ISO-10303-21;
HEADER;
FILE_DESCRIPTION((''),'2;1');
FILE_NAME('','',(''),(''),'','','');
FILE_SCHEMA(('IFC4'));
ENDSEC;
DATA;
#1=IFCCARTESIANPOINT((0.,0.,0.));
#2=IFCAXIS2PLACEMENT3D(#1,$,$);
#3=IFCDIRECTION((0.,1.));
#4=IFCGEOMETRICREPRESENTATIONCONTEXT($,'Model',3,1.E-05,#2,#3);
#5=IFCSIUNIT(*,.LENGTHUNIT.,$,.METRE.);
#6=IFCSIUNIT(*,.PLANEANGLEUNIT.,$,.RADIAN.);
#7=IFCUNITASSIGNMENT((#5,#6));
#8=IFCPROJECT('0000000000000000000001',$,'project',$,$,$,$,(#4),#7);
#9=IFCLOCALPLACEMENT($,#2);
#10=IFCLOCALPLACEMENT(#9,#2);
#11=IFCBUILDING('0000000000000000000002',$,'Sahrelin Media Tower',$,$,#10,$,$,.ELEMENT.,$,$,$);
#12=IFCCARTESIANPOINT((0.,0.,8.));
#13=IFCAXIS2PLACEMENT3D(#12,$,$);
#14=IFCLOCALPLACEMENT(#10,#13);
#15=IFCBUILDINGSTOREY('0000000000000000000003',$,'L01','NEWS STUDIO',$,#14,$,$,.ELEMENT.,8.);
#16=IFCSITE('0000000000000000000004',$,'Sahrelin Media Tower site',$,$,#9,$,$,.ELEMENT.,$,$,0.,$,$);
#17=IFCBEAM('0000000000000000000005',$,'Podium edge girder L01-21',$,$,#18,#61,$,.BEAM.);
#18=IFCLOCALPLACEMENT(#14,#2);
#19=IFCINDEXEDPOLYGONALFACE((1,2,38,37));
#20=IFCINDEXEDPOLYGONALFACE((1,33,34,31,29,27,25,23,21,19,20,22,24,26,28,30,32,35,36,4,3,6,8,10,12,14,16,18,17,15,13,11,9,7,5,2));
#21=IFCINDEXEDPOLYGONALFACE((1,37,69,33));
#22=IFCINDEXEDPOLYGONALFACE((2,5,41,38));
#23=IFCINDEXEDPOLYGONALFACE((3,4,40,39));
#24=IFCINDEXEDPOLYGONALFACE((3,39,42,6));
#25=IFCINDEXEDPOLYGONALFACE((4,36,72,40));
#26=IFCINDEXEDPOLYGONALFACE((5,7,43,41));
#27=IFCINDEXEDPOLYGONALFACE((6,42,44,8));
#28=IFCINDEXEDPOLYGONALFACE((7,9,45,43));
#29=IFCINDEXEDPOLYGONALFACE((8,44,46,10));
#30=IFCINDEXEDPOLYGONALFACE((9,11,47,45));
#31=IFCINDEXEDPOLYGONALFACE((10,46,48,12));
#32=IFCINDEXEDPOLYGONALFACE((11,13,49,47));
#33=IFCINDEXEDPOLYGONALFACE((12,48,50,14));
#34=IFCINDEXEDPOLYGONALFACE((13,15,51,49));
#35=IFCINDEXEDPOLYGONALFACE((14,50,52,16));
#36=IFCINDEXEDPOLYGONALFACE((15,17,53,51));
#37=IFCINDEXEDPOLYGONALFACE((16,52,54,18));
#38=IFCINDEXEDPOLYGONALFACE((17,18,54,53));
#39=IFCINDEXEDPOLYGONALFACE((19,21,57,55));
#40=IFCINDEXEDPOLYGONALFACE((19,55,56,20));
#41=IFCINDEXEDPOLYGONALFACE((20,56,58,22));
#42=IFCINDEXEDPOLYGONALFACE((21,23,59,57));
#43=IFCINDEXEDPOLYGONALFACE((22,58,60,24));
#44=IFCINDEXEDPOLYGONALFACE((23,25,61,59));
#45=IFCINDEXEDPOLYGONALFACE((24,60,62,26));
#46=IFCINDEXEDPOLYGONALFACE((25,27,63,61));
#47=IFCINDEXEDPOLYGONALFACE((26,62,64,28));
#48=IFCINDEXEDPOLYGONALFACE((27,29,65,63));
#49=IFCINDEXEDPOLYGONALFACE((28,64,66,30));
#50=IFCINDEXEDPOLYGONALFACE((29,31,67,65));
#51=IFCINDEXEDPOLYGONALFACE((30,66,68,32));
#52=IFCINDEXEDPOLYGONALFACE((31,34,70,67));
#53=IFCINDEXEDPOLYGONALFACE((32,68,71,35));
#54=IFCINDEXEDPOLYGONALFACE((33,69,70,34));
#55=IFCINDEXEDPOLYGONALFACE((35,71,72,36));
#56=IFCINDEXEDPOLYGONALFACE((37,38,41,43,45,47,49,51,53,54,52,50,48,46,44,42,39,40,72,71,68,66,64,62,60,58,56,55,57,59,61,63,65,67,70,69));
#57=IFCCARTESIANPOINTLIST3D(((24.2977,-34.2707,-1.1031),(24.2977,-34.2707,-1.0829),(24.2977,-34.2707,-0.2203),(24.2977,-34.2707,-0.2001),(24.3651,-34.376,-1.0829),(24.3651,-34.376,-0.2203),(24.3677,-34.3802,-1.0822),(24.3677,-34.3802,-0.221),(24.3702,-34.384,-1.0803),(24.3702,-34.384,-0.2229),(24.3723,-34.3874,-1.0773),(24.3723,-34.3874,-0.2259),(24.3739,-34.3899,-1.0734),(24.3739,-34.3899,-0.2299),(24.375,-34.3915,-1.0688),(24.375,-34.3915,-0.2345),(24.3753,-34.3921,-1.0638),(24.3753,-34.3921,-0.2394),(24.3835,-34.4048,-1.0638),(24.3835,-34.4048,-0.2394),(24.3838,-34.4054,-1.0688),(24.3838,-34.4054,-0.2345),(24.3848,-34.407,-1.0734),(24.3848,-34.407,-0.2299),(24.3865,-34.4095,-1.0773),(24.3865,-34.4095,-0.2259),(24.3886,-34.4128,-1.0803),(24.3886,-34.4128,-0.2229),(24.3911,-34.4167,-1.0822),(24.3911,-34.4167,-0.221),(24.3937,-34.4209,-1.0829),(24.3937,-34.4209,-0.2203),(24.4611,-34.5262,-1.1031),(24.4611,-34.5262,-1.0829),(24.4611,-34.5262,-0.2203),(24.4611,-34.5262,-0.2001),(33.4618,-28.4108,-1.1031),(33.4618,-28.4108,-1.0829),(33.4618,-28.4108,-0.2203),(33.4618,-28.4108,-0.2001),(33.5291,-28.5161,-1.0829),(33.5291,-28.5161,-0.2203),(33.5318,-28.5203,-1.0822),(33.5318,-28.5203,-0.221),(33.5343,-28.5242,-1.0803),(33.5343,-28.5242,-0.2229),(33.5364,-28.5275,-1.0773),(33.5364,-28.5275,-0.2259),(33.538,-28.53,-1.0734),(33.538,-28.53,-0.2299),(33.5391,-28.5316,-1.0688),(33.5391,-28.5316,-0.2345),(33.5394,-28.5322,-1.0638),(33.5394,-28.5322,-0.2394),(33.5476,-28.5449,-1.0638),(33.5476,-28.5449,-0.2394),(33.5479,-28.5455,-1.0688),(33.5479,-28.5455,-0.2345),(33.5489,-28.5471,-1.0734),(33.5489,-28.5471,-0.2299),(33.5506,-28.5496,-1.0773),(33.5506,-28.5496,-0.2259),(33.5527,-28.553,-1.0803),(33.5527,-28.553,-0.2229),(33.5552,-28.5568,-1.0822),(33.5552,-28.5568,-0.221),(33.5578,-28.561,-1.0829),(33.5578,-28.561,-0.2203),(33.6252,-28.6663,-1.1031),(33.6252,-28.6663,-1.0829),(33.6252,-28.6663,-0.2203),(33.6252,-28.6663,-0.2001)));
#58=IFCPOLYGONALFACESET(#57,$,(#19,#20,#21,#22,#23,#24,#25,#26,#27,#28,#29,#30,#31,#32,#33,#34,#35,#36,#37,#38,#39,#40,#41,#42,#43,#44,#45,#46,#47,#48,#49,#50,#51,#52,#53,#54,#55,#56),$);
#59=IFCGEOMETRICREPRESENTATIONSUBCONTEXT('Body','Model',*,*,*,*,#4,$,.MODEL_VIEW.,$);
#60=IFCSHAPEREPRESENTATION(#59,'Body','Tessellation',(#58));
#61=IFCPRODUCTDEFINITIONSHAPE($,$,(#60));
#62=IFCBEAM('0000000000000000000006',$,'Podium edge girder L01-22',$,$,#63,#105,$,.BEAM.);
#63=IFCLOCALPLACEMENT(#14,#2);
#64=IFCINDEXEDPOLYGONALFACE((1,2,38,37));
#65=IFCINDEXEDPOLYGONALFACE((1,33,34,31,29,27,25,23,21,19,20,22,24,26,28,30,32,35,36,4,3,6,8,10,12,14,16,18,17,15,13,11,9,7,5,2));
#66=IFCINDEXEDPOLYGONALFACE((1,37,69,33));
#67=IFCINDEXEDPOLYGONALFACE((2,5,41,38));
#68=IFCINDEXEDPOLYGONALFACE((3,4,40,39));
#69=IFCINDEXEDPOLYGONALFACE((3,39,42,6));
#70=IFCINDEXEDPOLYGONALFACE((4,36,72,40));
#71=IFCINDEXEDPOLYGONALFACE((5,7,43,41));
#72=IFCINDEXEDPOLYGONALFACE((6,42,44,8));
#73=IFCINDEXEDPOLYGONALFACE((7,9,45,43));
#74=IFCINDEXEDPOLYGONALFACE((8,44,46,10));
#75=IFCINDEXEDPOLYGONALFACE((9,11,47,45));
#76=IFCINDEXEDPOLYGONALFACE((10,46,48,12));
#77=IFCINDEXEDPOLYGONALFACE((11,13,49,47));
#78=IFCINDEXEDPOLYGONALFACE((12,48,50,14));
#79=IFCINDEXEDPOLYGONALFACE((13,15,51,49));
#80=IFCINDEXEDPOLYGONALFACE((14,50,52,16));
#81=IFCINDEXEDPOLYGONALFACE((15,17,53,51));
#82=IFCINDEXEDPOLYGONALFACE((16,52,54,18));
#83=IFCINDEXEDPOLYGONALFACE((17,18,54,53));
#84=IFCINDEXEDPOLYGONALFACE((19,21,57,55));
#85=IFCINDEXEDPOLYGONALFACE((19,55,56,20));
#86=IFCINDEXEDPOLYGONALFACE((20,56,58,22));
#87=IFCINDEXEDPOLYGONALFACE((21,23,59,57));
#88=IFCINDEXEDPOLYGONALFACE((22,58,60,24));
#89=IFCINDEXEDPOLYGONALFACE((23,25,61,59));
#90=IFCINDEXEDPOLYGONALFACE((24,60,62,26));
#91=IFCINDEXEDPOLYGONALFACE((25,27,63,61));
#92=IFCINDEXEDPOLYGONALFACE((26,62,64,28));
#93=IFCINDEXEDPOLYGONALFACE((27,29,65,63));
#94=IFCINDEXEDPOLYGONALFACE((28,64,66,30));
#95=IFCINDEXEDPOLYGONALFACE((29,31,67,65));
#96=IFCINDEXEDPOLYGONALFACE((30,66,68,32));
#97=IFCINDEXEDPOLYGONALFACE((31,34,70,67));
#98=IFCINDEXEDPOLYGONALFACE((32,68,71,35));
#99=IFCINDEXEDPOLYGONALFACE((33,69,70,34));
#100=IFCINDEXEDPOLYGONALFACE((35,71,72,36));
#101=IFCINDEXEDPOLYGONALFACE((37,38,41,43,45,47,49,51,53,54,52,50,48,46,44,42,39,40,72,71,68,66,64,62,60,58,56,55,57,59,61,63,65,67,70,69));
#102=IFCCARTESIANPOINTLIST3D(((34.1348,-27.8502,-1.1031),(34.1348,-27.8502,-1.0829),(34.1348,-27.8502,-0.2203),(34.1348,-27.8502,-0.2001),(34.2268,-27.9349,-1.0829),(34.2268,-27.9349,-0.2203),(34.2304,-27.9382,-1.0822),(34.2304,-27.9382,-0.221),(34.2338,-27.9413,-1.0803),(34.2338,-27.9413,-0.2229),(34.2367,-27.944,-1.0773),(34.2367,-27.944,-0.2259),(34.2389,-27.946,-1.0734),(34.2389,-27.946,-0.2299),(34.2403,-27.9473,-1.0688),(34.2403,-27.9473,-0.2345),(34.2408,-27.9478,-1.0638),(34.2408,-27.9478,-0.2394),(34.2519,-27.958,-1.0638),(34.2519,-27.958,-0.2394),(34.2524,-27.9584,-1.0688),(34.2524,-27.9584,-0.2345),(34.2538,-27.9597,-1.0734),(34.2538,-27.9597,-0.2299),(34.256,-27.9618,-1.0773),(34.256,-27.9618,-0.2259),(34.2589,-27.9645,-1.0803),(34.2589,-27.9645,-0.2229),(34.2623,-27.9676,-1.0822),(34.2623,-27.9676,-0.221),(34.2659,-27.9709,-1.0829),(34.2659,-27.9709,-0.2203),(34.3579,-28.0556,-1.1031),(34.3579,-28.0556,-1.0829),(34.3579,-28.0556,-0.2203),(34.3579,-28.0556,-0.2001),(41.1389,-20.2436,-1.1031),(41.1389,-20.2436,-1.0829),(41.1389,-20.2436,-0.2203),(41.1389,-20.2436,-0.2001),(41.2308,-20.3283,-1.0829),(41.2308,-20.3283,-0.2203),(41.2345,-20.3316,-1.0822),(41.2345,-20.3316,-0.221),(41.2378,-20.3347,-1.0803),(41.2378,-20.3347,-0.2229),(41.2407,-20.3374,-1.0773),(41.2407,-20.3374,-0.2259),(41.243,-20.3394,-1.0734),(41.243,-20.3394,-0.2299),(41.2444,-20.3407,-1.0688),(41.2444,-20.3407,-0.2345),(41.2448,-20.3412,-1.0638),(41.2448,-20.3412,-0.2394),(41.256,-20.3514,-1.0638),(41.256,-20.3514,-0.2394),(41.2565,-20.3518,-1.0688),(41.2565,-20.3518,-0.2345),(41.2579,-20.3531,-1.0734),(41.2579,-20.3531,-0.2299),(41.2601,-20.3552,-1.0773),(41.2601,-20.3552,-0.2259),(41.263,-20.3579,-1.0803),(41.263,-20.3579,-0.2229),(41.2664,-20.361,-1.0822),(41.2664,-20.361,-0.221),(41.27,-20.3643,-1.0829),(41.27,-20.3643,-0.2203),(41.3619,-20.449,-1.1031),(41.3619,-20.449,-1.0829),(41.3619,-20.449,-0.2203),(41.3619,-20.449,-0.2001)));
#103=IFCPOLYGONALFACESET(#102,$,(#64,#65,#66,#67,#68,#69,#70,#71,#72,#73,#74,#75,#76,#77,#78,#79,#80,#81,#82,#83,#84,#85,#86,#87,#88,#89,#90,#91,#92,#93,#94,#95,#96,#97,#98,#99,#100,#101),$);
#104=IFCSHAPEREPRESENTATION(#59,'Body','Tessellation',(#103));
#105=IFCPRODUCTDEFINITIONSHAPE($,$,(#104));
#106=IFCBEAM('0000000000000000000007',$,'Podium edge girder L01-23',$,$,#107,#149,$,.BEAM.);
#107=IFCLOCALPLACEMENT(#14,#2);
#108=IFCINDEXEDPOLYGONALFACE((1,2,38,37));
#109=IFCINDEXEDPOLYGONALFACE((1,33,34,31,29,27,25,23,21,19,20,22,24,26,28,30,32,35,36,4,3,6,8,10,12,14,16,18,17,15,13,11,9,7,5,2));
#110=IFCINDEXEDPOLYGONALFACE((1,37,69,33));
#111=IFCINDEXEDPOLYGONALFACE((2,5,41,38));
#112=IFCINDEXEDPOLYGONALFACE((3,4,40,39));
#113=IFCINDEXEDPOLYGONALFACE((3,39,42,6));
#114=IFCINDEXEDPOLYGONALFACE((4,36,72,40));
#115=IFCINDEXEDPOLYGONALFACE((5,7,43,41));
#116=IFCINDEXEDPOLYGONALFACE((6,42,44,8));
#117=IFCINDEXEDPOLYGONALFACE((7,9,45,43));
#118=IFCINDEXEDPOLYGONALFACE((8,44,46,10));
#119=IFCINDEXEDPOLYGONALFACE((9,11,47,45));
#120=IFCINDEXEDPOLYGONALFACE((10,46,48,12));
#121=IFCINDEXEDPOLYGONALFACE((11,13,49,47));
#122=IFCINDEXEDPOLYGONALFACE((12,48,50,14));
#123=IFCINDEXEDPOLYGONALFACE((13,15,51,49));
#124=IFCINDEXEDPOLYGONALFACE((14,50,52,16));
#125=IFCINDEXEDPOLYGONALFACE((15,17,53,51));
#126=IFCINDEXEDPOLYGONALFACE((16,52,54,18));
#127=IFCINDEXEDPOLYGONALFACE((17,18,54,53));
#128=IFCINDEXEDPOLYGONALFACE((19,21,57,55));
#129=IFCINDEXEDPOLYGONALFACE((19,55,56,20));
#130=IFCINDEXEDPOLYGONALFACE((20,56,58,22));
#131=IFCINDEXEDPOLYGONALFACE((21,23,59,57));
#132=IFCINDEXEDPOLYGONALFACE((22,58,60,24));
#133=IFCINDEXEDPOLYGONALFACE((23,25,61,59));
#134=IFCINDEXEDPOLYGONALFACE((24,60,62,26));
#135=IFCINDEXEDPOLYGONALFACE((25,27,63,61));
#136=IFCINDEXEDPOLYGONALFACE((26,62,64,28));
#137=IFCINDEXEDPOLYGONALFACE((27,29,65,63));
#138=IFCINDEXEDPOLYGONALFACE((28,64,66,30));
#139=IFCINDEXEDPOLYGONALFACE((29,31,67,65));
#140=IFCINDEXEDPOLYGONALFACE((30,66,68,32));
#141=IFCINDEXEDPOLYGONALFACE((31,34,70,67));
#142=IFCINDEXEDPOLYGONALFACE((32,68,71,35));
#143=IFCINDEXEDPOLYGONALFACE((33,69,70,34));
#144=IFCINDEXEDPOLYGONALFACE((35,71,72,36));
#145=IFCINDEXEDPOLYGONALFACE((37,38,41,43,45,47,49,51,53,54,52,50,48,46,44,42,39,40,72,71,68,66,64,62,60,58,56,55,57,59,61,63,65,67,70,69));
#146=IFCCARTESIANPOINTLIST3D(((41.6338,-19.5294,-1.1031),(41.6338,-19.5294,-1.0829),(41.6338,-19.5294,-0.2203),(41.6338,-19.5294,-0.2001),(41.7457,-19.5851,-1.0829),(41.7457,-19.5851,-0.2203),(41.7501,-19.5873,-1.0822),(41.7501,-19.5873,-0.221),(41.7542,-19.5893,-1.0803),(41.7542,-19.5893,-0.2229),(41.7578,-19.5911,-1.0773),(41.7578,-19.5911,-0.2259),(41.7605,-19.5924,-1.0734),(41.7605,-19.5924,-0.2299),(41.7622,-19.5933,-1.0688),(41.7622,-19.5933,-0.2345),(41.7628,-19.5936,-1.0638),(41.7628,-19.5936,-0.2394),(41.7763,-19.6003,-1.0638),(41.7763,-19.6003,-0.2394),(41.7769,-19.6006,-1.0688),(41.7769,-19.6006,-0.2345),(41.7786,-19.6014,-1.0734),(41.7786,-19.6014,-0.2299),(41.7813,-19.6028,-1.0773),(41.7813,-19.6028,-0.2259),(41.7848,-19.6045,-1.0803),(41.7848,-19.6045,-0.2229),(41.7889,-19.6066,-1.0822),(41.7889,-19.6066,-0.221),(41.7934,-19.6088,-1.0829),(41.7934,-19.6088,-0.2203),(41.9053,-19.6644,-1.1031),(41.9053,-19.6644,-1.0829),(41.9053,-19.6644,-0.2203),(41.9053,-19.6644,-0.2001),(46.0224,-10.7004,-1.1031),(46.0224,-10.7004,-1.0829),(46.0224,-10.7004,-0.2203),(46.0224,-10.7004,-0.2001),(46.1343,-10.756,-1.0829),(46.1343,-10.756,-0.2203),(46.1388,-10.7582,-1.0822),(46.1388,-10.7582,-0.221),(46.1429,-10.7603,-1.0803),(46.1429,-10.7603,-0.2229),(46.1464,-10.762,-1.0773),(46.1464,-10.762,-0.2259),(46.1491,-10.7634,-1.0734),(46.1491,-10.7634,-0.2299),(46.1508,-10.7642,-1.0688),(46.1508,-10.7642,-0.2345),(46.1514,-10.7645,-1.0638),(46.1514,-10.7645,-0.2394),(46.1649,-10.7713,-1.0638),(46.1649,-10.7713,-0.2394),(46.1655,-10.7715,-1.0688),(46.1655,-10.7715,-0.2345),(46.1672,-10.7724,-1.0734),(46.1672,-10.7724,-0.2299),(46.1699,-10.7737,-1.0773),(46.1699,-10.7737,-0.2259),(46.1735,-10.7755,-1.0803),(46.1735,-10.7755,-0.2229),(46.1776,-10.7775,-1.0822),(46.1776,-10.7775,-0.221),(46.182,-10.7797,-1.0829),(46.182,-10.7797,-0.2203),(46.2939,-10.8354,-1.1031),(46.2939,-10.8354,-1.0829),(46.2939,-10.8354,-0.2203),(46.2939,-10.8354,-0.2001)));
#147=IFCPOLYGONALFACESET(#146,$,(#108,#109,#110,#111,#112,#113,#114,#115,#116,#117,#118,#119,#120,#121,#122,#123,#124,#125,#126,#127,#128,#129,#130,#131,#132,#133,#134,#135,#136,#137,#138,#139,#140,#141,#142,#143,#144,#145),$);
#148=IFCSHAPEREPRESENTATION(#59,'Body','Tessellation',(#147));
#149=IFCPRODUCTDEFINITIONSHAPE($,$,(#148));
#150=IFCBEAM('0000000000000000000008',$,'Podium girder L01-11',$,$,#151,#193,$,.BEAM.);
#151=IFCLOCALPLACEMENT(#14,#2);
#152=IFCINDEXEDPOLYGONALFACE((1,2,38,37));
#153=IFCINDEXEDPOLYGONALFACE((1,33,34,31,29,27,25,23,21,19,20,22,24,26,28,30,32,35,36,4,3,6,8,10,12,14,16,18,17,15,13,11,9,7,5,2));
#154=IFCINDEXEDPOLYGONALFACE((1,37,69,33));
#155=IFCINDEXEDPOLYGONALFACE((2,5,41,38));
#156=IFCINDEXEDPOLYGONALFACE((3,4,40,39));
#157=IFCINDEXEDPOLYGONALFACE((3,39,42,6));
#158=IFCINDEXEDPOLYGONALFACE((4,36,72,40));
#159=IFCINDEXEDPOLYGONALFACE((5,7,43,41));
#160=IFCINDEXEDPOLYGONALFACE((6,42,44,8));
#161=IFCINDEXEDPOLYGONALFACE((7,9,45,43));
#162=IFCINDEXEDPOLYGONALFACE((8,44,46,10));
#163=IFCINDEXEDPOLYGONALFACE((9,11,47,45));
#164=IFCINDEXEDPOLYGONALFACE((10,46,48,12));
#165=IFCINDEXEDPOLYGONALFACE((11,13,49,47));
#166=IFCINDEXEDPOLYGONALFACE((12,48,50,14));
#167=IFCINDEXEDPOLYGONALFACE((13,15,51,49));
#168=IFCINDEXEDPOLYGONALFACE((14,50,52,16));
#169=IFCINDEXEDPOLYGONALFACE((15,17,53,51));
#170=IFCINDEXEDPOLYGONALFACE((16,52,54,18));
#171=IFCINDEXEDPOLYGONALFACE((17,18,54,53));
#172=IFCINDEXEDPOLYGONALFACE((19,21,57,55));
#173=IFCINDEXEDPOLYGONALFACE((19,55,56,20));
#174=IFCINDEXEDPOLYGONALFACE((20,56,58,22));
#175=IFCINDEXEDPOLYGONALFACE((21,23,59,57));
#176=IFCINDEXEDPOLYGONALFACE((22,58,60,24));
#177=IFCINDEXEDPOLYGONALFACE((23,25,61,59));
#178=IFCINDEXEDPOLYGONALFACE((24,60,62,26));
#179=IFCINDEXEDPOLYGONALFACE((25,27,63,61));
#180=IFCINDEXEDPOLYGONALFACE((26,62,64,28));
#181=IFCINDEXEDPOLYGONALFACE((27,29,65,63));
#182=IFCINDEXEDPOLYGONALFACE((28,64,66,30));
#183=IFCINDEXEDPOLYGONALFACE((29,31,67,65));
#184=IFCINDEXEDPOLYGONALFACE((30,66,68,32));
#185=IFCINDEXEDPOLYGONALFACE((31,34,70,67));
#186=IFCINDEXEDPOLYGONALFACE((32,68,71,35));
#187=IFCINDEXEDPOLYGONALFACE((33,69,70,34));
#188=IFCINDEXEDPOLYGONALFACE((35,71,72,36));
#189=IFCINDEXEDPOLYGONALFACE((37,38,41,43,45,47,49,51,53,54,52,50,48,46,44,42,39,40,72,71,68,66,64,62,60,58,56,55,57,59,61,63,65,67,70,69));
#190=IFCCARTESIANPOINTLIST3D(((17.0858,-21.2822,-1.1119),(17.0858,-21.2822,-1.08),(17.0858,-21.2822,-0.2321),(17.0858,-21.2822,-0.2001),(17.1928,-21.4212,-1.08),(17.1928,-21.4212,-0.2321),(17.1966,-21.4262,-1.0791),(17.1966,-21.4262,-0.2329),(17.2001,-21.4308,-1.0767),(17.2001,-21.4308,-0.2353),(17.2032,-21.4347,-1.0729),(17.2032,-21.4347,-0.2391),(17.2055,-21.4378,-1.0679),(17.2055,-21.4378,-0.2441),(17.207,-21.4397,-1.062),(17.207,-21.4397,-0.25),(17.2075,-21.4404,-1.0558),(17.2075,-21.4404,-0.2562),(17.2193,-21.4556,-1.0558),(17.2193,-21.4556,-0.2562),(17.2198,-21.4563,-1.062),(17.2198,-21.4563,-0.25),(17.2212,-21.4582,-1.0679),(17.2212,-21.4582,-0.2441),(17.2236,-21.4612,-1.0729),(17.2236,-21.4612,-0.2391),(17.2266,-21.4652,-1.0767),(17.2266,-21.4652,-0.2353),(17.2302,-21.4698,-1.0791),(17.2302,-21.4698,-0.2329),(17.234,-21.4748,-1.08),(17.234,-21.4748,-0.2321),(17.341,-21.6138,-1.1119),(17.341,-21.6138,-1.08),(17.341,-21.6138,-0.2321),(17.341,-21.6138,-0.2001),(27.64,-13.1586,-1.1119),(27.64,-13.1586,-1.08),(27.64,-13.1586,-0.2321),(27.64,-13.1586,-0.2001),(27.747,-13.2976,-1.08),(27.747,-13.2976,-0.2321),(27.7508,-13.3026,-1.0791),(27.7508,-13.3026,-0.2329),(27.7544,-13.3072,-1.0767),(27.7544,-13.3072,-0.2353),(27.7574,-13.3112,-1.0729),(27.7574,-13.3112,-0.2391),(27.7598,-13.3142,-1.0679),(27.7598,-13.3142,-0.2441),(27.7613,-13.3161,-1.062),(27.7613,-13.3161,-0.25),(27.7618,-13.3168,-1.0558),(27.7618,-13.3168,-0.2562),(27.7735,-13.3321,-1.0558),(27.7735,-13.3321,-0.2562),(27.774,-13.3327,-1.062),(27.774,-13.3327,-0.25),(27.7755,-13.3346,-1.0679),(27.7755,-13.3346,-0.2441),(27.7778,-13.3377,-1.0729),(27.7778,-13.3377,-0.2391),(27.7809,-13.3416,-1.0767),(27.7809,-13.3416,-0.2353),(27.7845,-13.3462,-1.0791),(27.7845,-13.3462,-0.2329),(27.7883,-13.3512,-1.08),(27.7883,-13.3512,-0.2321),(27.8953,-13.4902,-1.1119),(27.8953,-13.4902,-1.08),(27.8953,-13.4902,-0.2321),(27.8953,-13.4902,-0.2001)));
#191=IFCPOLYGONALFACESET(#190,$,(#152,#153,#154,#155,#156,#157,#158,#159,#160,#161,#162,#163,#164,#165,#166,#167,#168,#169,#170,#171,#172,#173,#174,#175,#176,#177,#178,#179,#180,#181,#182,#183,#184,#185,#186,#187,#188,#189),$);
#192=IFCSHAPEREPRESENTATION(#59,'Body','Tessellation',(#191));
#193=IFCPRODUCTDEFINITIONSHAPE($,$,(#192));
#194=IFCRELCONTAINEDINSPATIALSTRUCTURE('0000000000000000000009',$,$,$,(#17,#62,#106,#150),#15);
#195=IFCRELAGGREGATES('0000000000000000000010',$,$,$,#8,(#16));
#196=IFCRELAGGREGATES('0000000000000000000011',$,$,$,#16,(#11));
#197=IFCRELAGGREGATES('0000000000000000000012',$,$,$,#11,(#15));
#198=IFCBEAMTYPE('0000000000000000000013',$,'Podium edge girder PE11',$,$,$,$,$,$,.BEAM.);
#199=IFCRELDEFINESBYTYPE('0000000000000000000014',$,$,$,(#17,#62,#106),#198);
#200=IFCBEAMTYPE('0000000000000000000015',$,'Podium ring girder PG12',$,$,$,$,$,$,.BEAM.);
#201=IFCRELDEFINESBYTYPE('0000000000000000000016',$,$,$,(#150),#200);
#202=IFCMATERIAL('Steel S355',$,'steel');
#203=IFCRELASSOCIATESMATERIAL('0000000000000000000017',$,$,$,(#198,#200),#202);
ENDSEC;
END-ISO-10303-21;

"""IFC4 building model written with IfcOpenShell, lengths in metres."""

from ifc_helpers import new_model, si_unit, direction, frame, origin, origin_2d, place, context, subcontext, project, spatial, i_section, extrude, material, material_profile, profile_set, type_object, element, save


model = new_model("IFC4")

# Units and contexts
model_context = context("Model", 3, precision=1e-05, world=origin(), true_north=direction((0.0, 1.0)))
body_context = subcontext(model_context, "Body", "Model", "MODEL_VIEW")
ifc_project = project(units=[si_unit("LENGTHUNIT", "METRE"), si_unit("PLANEANGLEUNIT", "RADIAN")], contexts=[model_context])

# Site, building, storey
site_placement = place(None, origin())
site = spatial("IfcSite", under=ifc_project, at=site_placement, Name="Sahrelin Media Tower site", CompositionType="ELEMENT", RefElevation=0.0)
building_placement = place(site_placement, origin())
building = spatial("IfcBuilding", under=site, at=building_placement, Name="Sahrelin Media Tower", CompositionType="ELEMENT")
storey_placement = place(building_placement, frame((0.0, 0.0, 8.0)))
storey = spatial("IfcBuildingStorey", under=building, at=storey_placement, Name="L01", Description="NEWS STUDIO", CompositionType="ELEMENT", Elevation=8.0)

# Beams
ifc_material_1 = material(Name="Steel S355", Category="steel")
ifc_material_profile_1 = material_profile(ifc_material_1, i_section(OverallWidth=0.3032, OverallDepth=0.9031, WebThickness=0.0151, FlangeThickness=0.0203, FilletRadius=0.019, at=origin_2d()), Name="UB 914x305x201")
ifc_profile_set_1 = profile_set([ifc_material_profile_1], Name="Steel S355")
beam_type_1 = type_object("IfcBeamType", Name="Podium edge girder PE11", PredefinedType="BEAM", material=ifc_profile_set_1)
beam_1_placement = place(storey_placement, frame((24.3794, -34.3984, -0.6516), z_axis=(0.842486, 0.538719, 0.0), x_axis=(-0.538719, 0.842486, 0.0)))
element("IfcBeam", 1, at=beam_1_placement, inside=storey, type_object=beam_type_1, Name="Podium edge girder L01-21", PredefinedType="BEAM", context=body_context, shape_type="SweptSolid", body=[
    extrude(i_section(OverallWidth=0.3032, OverallDepth=0.9031, WebThickness=0.0151, FlangeThickness=0.0203, FilletRadius=0.019, at=origin_2d()), origin(), (0.0, 0.0, 1.0), 10.8774),
])
beam_2_placement = place(storey_placement, frame((34.2463, -27.9529, -0.6516), z_axis=(0.677371, 0.735642, 0.0), x_axis=(-0.735642, 0.677371, 0.0)))
element("IfcBeam", 2, at=beam_2_placement, inside=storey, type_object=beam_type_1, Name="Podium edge girder L01-22", PredefinedType="BEAM", context=body_context, shape_type="SweptSolid", body=[
    extrude(i_section(OverallWidth=0.3032, OverallDepth=0.9031, WebThickness=0.0151, FlangeThickness=0.0203, FilletRadius=0.019, at=origin_2d()), origin(), (0.0, 0.0, 1.0), 10.3401),
])
beam_3_placement = place(storey_placement, frame((41.7695, -19.5969, -0.6516), z_axis=(0.445113, 0.895475, 0.0), x_axis=(-0.895475, 0.445113, 0.0)))
element("IfcBeam", 3, at=beam_3_placement, inside=storey, type_object=beam_type_1, Name="Podium edge girder L01-23", PredefinedType="BEAM", context=body_context, shape_type="SweptSolid", body=[
    extrude(i_section(OverallWidth=0.3032, OverallDepth=0.9031, WebThickness=0.0151, FlangeThickness=0.0203, FilletRadius=0.019, at=origin_2d()), origin(), (0.0, 0.0, 1.0), 9.8596),
])
ifc_material_profile_2 = material_profile(ifc_material_1, i_section(OverallWidth=0.4185, OverallDepth=0.9119, WebThickness=0.0193, FlangeThickness=0.032, FilletRadius=0.0242, at=origin_2d()), Name="UB 914x419x343")
ifc_profile_set_2 = profile_set([ifc_material_profile_2], Name="Steel S355")
beam_type_2 = type_object("IfcBeamType", Name="Podium ring girder PG12", PredefinedType="BEAM", material=ifc_profile_set_2)
beam_4_placement = place(storey_placement, frame((17.2134, -21.448, -0.656), z_axis=(0.792445, 0.609943, 0.0), x_axis=(-0.609943, 0.792445, 0.0)))
element("IfcBeam", 4, at=beam_4_placement, inside=storey, type_object=beam_type_2, Name="Podium girder L01-11", PredefinedType="BEAM", context=body_context, shape_type="SweptSolid", body=[
    extrude(i_section(OverallWidth=0.4185, OverallDepth=0.9119, WebThickness=0.0193, FlangeThickness=0.032, FilletRadius=0.0242, at=origin_2d()), origin(), (0.0, 0.0, 1.0), 13.3186),
])

save(model, "model.ifc")
